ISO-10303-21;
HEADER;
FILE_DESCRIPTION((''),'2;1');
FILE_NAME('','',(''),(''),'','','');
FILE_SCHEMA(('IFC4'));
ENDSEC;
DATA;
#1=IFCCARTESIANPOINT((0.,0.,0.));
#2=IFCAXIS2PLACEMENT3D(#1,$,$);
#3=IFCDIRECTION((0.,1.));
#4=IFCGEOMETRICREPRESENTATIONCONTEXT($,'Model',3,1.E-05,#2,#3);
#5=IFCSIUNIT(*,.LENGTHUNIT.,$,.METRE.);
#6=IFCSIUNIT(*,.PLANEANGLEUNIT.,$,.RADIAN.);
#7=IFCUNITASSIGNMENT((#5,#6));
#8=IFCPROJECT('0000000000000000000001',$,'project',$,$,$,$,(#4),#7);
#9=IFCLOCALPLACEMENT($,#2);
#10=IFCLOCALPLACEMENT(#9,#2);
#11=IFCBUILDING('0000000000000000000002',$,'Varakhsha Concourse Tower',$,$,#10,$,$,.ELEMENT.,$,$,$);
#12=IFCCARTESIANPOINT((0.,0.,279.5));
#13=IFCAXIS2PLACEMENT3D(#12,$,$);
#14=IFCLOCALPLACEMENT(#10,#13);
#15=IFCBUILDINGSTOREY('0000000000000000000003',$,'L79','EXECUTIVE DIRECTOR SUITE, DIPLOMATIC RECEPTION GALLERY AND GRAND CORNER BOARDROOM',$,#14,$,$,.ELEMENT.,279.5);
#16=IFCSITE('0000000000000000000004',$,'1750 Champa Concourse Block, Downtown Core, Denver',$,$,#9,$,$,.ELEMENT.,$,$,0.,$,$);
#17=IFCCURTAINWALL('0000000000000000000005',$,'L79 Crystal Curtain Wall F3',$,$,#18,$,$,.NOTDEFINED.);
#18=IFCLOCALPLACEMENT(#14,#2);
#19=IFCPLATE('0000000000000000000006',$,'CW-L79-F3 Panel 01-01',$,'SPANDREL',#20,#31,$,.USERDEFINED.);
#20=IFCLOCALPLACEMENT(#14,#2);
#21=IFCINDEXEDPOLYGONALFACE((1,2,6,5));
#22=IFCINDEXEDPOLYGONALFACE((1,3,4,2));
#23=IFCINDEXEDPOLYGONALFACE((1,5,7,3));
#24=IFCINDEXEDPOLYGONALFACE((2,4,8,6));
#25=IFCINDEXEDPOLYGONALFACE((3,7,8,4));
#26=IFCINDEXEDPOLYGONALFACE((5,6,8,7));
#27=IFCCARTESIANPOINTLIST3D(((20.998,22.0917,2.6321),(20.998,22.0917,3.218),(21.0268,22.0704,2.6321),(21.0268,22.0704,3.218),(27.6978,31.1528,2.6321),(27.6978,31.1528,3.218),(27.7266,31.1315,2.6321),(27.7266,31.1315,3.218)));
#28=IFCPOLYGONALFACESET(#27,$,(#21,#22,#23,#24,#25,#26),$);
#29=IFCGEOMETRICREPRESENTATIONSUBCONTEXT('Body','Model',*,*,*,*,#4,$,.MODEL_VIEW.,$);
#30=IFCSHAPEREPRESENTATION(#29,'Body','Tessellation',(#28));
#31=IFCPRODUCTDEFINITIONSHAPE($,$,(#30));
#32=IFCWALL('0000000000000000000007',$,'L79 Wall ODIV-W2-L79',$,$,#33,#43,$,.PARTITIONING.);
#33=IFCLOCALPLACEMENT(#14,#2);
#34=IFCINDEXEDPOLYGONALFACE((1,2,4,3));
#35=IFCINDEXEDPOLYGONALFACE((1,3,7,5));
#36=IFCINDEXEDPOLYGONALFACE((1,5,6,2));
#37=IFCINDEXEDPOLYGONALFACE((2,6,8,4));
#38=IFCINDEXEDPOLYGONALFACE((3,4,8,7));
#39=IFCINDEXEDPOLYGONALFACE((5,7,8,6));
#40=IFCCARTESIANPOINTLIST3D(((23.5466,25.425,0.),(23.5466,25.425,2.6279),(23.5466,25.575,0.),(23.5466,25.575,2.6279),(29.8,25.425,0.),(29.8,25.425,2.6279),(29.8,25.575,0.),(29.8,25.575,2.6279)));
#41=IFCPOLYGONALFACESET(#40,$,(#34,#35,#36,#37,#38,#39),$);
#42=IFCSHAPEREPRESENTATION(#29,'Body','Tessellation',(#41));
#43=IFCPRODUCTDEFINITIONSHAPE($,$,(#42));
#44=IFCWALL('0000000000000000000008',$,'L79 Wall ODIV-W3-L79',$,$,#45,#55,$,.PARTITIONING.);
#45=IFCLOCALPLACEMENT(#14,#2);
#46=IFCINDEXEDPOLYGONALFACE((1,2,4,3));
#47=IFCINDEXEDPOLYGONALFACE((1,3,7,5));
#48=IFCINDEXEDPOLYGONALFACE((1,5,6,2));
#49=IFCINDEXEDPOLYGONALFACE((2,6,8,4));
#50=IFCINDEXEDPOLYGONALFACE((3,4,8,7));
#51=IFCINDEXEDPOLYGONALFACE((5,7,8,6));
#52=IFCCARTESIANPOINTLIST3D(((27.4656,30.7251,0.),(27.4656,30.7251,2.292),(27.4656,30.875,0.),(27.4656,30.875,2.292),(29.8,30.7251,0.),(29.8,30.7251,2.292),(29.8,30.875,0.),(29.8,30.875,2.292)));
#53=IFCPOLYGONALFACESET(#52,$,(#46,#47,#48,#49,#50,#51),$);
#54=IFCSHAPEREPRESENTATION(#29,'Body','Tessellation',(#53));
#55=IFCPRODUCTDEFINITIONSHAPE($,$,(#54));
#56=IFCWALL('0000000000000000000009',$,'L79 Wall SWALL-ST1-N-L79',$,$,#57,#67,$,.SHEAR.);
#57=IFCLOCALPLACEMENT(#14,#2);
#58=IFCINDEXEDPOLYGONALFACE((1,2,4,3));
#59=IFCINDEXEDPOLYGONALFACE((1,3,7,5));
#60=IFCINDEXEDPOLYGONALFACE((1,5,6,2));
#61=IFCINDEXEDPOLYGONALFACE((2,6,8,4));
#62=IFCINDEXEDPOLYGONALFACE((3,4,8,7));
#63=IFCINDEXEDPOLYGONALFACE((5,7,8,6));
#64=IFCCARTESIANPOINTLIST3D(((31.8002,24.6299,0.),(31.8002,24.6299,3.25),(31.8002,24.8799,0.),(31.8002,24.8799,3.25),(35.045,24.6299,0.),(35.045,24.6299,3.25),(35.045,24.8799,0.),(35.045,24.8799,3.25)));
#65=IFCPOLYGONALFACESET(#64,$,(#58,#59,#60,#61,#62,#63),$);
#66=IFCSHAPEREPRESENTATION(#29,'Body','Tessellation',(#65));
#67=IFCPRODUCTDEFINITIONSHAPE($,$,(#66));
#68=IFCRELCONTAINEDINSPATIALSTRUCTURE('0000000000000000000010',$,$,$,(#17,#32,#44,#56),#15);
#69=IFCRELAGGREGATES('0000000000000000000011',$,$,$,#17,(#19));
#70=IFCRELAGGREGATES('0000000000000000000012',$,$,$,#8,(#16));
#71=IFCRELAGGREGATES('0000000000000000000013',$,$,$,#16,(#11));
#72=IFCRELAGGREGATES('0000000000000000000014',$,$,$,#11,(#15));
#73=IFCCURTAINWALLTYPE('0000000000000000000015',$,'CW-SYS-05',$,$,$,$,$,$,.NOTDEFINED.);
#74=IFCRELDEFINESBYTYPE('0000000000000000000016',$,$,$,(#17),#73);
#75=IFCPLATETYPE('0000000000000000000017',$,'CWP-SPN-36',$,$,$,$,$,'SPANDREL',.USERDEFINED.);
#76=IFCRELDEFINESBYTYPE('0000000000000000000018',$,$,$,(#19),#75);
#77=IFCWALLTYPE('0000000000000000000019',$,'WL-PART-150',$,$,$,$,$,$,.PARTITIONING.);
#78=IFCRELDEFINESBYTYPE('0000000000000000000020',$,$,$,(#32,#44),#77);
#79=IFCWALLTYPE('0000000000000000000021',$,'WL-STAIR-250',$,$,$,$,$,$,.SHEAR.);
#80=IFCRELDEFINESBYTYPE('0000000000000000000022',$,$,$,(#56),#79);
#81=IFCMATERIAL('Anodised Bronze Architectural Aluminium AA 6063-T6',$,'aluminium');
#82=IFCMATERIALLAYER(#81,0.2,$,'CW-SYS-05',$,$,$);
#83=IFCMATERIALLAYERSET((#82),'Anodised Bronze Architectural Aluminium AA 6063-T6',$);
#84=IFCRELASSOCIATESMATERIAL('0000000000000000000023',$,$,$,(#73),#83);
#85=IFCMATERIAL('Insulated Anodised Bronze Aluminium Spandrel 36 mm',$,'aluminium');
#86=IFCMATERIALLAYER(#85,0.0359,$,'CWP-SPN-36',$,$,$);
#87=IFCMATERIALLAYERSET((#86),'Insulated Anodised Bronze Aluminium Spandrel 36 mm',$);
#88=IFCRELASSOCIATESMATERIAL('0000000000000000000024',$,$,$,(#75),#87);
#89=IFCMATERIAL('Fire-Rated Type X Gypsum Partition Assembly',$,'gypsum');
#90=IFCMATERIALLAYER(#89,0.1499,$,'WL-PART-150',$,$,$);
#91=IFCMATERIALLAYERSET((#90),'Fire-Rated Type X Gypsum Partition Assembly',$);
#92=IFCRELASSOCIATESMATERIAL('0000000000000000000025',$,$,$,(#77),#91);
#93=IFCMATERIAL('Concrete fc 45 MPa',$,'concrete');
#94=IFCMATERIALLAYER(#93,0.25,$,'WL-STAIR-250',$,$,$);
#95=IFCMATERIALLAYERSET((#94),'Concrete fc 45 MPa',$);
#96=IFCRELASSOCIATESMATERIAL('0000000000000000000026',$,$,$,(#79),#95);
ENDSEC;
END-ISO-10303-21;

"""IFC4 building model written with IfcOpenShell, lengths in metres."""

from ifc_helpers import new_model, si_unit, direction, frame, frame_2d, origin, origin_2d, place, context, subcontext, project, spatial, rectangle, extrude, source, transform, mapped, material, layer, layer_set, type_object, type_shapes, element, aggregate, save


model = new_model("IFC4")

# Units and contexts
model_context = context("Model", 3, precision=1e-05, world=origin(), true_north=direction((0.0, 1.0)))
body_context = subcontext(model_context, "Body", "Model", "MODEL_VIEW")
ifc_project = project(units=[si_unit("LENGTHUNIT", "METRE"), si_unit("PLANEANGLEUNIT", "RADIAN")], contexts=[model_context])

# Site, building, storey
site_placement = place(None, origin())
site = spatial("IfcSite", under=ifc_project, at=site_placement, Name="1750 Champa Concourse Block, Downtown Core, Denver", CompositionType="ELEMENT", RefElevation=0.0)
building_placement = place(site_placement, origin())
building = spatial("IfcBuilding", under=site, at=building_placement, Name="Varakhsha Concourse Tower", CompositionType="ELEMENT")
storey_placement = place(building_placement, frame((0.0, 0.0, 279.5)))
storey = spatial("IfcBuildingStorey", under=building, at=storey_placement, Name="L79", Description="EXECUTIVE DIRECTOR SUITE, DIPLOMATIC RECEPTION GALLERY AND GRAND CORNER BOARDROOM", CompositionType="ELEMENT", Elevation=279.5)

# Curtain wall, plate
ifc_material_1 = material(Name="Anodised Bronze Architectural Aluminium AA 6063-T6", Category="aluminium")
ifc_layer_1 = layer(ifc_material_1, 0.2, Name="CW-SYS-05")
ifc_layer_set_1 = layer_set([ifc_layer_1], Name="Anodised Bronze Architectural Aluminium AA 6063-T6")
curtain_wall_type = type_object("IfcCurtainWallType", Name="CW-SYS-05", PredefinedType="NOTDEFINED", material=ifc_layer_set_1)
curtain_wall_placement = place(storey_placement, origin())
curtain_wall = element("IfcCurtainWall", 1, at=curtain_wall_placement, inside=storey, type_object=curtain_wall_type, Name="L79 Crystal Curtain Wall F3", PredefinedType="NOTDEFINED")
ifc_material_2 = material(Name="Insulated Anodised Bronze Aluminium Spandrel 36 mm", Category="aluminium")
ifc_layer_2 = layer(ifc_material_2, 0.0359, Name="CWP-SPN-36")
ifc_layer_set_2 = layer_set([ifc_layer_2], Name="Insulated Anodised Bronze Aluminium Spandrel 36 mm")
plate_type_1 = type_object("IfcPlateType", Name="CWP-SPN-36", ElementType="SPANDREL", PredefinedType="USERDEFINED", material=ifc_layer_set_2)
shared_shape_1 = source(origin(), body_context, "Body", "SweptSolid", [
    extrude(rectangle(XDim=11.269, YDim=0.0359, at=origin_2d()), origin(), (0.0, 0.0, 1.0), 0.5859),
])
type_shapes(plate_type_1, [shared_shape_1])
plate_1_placement = place(storey_placement, frame((24.3623, 26.6116, 2.6321), z_axis=(0.0, 0.0, 1.0), x_axis=(0.594534, 0.804071, 0.0)))
plate_1 = element("IfcPlate", 2, at=plate_1_placement, type_object=plate_type_1, Name="CW-L79-F3 Panel 01-01", ObjectType="SPANDREL", PredefinedType="USERDEFINED", context=body_context, shape_type="MappedRepresentation", body=[
    mapped(shared_shape_1, transform((0.0, 0.0, 0.0), scale=1.0)),
])
aggregate(curtain_wall, [plate_1])

# Walls
ifc_material_3 = material(Name="Fire-Rated Type X Gypsum Partition Assembly", Category="gypsum")
ifc_layer_3 = layer(ifc_material_3, 0.1499, Name="WL-PART-150")
ifc_layer_set_3 = layer_set([ifc_layer_3], Name="Fire-Rated Type X Gypsum Partition Assembly")
wall_type_1 = type_object("IfcWallType", Name="WL-PART-150", PredefinedType="PARTITIONING", material=ifc_layer_set_3)
wall_1_placement = place(storey_placement, frame((23.5466, 25.5, 0.0), z_axis=(0.0, 0.0, 1.0), x_axis=(1.0, 0.0, 0.0)))
element("IfcWall", 3, at=wall_1_placement, inside=storey, type_object=wall_type_1, Name="L79 Wall ODIV-W2-L79", PredefinedType="PARTITIONING", context=body_context, shape_type="SweptSolid", body=[
    extrude(rectangle(XDim=6.2534, YDim=0.1499, at=frame_2d((3.1267, 0.0))), origin(), (0.0, 0.0, 1.0), 2.6279),
])
wall_2_placement = place(storey_placement, frame((27.4656, 30.8, 0.0), z_axis=(0.0, 0.0, 1.0), x_axis=(1.0, 0.0, 0.0)))
element("IfcWall", 4, at=wall_2_placement, inside=storey, type_object=wall_type_1, Name="L79 Wall ODIV-W3-L79", PredefinedType="PARTITIONING", context=body_context, shape_type="SweptSolid", body=[
    extrude(rectangle(XDim=2.3345, YDim=0.1499, at=frame_2d((1.1672, 0.0))), origin(), (0.0, 0.0, 1.0), 2.292),
])

# Wall
ifc_material_4 = material(Name="Concrete fc 45 MPa", Category="concrete")
ifc_layer_4 = layer(ifc_material_4, 0.25, Name="WL-STAIR-250")
ifc_layer_set_4 = layer_set([ifc_layer_4], Name="Concrete fc 45 MPa")
wall_type_2 = type_object("IfcWallType", Name="WL-STAIR-250", PredefinedType="SHEAR", material=ifc_layer_set_4)
wall_3_placement = place(storey_placement, frame((31.8, 24.7549, 0.0), z_axis=(0.0, 0.0, 1.0), x_axis=(1.0, 0.0, 0.0)))
element("IfcWall", 5, at=wall_3_placement, inside=storey, type_object=wall_type_2, Name="L79 Wall SWALL-ST1-N-L79", PredefinedType="SHEAR", context=body_context, shape_type="SweptSolid", body=[
    extrude(rectangle(XDim=3.2449, YDim=0.25, at=frame_2d((1.6226, 0.0))), origin(), (0.0, 0.0, 1.0), 3.25),
])

save(model, "model.ifc")
